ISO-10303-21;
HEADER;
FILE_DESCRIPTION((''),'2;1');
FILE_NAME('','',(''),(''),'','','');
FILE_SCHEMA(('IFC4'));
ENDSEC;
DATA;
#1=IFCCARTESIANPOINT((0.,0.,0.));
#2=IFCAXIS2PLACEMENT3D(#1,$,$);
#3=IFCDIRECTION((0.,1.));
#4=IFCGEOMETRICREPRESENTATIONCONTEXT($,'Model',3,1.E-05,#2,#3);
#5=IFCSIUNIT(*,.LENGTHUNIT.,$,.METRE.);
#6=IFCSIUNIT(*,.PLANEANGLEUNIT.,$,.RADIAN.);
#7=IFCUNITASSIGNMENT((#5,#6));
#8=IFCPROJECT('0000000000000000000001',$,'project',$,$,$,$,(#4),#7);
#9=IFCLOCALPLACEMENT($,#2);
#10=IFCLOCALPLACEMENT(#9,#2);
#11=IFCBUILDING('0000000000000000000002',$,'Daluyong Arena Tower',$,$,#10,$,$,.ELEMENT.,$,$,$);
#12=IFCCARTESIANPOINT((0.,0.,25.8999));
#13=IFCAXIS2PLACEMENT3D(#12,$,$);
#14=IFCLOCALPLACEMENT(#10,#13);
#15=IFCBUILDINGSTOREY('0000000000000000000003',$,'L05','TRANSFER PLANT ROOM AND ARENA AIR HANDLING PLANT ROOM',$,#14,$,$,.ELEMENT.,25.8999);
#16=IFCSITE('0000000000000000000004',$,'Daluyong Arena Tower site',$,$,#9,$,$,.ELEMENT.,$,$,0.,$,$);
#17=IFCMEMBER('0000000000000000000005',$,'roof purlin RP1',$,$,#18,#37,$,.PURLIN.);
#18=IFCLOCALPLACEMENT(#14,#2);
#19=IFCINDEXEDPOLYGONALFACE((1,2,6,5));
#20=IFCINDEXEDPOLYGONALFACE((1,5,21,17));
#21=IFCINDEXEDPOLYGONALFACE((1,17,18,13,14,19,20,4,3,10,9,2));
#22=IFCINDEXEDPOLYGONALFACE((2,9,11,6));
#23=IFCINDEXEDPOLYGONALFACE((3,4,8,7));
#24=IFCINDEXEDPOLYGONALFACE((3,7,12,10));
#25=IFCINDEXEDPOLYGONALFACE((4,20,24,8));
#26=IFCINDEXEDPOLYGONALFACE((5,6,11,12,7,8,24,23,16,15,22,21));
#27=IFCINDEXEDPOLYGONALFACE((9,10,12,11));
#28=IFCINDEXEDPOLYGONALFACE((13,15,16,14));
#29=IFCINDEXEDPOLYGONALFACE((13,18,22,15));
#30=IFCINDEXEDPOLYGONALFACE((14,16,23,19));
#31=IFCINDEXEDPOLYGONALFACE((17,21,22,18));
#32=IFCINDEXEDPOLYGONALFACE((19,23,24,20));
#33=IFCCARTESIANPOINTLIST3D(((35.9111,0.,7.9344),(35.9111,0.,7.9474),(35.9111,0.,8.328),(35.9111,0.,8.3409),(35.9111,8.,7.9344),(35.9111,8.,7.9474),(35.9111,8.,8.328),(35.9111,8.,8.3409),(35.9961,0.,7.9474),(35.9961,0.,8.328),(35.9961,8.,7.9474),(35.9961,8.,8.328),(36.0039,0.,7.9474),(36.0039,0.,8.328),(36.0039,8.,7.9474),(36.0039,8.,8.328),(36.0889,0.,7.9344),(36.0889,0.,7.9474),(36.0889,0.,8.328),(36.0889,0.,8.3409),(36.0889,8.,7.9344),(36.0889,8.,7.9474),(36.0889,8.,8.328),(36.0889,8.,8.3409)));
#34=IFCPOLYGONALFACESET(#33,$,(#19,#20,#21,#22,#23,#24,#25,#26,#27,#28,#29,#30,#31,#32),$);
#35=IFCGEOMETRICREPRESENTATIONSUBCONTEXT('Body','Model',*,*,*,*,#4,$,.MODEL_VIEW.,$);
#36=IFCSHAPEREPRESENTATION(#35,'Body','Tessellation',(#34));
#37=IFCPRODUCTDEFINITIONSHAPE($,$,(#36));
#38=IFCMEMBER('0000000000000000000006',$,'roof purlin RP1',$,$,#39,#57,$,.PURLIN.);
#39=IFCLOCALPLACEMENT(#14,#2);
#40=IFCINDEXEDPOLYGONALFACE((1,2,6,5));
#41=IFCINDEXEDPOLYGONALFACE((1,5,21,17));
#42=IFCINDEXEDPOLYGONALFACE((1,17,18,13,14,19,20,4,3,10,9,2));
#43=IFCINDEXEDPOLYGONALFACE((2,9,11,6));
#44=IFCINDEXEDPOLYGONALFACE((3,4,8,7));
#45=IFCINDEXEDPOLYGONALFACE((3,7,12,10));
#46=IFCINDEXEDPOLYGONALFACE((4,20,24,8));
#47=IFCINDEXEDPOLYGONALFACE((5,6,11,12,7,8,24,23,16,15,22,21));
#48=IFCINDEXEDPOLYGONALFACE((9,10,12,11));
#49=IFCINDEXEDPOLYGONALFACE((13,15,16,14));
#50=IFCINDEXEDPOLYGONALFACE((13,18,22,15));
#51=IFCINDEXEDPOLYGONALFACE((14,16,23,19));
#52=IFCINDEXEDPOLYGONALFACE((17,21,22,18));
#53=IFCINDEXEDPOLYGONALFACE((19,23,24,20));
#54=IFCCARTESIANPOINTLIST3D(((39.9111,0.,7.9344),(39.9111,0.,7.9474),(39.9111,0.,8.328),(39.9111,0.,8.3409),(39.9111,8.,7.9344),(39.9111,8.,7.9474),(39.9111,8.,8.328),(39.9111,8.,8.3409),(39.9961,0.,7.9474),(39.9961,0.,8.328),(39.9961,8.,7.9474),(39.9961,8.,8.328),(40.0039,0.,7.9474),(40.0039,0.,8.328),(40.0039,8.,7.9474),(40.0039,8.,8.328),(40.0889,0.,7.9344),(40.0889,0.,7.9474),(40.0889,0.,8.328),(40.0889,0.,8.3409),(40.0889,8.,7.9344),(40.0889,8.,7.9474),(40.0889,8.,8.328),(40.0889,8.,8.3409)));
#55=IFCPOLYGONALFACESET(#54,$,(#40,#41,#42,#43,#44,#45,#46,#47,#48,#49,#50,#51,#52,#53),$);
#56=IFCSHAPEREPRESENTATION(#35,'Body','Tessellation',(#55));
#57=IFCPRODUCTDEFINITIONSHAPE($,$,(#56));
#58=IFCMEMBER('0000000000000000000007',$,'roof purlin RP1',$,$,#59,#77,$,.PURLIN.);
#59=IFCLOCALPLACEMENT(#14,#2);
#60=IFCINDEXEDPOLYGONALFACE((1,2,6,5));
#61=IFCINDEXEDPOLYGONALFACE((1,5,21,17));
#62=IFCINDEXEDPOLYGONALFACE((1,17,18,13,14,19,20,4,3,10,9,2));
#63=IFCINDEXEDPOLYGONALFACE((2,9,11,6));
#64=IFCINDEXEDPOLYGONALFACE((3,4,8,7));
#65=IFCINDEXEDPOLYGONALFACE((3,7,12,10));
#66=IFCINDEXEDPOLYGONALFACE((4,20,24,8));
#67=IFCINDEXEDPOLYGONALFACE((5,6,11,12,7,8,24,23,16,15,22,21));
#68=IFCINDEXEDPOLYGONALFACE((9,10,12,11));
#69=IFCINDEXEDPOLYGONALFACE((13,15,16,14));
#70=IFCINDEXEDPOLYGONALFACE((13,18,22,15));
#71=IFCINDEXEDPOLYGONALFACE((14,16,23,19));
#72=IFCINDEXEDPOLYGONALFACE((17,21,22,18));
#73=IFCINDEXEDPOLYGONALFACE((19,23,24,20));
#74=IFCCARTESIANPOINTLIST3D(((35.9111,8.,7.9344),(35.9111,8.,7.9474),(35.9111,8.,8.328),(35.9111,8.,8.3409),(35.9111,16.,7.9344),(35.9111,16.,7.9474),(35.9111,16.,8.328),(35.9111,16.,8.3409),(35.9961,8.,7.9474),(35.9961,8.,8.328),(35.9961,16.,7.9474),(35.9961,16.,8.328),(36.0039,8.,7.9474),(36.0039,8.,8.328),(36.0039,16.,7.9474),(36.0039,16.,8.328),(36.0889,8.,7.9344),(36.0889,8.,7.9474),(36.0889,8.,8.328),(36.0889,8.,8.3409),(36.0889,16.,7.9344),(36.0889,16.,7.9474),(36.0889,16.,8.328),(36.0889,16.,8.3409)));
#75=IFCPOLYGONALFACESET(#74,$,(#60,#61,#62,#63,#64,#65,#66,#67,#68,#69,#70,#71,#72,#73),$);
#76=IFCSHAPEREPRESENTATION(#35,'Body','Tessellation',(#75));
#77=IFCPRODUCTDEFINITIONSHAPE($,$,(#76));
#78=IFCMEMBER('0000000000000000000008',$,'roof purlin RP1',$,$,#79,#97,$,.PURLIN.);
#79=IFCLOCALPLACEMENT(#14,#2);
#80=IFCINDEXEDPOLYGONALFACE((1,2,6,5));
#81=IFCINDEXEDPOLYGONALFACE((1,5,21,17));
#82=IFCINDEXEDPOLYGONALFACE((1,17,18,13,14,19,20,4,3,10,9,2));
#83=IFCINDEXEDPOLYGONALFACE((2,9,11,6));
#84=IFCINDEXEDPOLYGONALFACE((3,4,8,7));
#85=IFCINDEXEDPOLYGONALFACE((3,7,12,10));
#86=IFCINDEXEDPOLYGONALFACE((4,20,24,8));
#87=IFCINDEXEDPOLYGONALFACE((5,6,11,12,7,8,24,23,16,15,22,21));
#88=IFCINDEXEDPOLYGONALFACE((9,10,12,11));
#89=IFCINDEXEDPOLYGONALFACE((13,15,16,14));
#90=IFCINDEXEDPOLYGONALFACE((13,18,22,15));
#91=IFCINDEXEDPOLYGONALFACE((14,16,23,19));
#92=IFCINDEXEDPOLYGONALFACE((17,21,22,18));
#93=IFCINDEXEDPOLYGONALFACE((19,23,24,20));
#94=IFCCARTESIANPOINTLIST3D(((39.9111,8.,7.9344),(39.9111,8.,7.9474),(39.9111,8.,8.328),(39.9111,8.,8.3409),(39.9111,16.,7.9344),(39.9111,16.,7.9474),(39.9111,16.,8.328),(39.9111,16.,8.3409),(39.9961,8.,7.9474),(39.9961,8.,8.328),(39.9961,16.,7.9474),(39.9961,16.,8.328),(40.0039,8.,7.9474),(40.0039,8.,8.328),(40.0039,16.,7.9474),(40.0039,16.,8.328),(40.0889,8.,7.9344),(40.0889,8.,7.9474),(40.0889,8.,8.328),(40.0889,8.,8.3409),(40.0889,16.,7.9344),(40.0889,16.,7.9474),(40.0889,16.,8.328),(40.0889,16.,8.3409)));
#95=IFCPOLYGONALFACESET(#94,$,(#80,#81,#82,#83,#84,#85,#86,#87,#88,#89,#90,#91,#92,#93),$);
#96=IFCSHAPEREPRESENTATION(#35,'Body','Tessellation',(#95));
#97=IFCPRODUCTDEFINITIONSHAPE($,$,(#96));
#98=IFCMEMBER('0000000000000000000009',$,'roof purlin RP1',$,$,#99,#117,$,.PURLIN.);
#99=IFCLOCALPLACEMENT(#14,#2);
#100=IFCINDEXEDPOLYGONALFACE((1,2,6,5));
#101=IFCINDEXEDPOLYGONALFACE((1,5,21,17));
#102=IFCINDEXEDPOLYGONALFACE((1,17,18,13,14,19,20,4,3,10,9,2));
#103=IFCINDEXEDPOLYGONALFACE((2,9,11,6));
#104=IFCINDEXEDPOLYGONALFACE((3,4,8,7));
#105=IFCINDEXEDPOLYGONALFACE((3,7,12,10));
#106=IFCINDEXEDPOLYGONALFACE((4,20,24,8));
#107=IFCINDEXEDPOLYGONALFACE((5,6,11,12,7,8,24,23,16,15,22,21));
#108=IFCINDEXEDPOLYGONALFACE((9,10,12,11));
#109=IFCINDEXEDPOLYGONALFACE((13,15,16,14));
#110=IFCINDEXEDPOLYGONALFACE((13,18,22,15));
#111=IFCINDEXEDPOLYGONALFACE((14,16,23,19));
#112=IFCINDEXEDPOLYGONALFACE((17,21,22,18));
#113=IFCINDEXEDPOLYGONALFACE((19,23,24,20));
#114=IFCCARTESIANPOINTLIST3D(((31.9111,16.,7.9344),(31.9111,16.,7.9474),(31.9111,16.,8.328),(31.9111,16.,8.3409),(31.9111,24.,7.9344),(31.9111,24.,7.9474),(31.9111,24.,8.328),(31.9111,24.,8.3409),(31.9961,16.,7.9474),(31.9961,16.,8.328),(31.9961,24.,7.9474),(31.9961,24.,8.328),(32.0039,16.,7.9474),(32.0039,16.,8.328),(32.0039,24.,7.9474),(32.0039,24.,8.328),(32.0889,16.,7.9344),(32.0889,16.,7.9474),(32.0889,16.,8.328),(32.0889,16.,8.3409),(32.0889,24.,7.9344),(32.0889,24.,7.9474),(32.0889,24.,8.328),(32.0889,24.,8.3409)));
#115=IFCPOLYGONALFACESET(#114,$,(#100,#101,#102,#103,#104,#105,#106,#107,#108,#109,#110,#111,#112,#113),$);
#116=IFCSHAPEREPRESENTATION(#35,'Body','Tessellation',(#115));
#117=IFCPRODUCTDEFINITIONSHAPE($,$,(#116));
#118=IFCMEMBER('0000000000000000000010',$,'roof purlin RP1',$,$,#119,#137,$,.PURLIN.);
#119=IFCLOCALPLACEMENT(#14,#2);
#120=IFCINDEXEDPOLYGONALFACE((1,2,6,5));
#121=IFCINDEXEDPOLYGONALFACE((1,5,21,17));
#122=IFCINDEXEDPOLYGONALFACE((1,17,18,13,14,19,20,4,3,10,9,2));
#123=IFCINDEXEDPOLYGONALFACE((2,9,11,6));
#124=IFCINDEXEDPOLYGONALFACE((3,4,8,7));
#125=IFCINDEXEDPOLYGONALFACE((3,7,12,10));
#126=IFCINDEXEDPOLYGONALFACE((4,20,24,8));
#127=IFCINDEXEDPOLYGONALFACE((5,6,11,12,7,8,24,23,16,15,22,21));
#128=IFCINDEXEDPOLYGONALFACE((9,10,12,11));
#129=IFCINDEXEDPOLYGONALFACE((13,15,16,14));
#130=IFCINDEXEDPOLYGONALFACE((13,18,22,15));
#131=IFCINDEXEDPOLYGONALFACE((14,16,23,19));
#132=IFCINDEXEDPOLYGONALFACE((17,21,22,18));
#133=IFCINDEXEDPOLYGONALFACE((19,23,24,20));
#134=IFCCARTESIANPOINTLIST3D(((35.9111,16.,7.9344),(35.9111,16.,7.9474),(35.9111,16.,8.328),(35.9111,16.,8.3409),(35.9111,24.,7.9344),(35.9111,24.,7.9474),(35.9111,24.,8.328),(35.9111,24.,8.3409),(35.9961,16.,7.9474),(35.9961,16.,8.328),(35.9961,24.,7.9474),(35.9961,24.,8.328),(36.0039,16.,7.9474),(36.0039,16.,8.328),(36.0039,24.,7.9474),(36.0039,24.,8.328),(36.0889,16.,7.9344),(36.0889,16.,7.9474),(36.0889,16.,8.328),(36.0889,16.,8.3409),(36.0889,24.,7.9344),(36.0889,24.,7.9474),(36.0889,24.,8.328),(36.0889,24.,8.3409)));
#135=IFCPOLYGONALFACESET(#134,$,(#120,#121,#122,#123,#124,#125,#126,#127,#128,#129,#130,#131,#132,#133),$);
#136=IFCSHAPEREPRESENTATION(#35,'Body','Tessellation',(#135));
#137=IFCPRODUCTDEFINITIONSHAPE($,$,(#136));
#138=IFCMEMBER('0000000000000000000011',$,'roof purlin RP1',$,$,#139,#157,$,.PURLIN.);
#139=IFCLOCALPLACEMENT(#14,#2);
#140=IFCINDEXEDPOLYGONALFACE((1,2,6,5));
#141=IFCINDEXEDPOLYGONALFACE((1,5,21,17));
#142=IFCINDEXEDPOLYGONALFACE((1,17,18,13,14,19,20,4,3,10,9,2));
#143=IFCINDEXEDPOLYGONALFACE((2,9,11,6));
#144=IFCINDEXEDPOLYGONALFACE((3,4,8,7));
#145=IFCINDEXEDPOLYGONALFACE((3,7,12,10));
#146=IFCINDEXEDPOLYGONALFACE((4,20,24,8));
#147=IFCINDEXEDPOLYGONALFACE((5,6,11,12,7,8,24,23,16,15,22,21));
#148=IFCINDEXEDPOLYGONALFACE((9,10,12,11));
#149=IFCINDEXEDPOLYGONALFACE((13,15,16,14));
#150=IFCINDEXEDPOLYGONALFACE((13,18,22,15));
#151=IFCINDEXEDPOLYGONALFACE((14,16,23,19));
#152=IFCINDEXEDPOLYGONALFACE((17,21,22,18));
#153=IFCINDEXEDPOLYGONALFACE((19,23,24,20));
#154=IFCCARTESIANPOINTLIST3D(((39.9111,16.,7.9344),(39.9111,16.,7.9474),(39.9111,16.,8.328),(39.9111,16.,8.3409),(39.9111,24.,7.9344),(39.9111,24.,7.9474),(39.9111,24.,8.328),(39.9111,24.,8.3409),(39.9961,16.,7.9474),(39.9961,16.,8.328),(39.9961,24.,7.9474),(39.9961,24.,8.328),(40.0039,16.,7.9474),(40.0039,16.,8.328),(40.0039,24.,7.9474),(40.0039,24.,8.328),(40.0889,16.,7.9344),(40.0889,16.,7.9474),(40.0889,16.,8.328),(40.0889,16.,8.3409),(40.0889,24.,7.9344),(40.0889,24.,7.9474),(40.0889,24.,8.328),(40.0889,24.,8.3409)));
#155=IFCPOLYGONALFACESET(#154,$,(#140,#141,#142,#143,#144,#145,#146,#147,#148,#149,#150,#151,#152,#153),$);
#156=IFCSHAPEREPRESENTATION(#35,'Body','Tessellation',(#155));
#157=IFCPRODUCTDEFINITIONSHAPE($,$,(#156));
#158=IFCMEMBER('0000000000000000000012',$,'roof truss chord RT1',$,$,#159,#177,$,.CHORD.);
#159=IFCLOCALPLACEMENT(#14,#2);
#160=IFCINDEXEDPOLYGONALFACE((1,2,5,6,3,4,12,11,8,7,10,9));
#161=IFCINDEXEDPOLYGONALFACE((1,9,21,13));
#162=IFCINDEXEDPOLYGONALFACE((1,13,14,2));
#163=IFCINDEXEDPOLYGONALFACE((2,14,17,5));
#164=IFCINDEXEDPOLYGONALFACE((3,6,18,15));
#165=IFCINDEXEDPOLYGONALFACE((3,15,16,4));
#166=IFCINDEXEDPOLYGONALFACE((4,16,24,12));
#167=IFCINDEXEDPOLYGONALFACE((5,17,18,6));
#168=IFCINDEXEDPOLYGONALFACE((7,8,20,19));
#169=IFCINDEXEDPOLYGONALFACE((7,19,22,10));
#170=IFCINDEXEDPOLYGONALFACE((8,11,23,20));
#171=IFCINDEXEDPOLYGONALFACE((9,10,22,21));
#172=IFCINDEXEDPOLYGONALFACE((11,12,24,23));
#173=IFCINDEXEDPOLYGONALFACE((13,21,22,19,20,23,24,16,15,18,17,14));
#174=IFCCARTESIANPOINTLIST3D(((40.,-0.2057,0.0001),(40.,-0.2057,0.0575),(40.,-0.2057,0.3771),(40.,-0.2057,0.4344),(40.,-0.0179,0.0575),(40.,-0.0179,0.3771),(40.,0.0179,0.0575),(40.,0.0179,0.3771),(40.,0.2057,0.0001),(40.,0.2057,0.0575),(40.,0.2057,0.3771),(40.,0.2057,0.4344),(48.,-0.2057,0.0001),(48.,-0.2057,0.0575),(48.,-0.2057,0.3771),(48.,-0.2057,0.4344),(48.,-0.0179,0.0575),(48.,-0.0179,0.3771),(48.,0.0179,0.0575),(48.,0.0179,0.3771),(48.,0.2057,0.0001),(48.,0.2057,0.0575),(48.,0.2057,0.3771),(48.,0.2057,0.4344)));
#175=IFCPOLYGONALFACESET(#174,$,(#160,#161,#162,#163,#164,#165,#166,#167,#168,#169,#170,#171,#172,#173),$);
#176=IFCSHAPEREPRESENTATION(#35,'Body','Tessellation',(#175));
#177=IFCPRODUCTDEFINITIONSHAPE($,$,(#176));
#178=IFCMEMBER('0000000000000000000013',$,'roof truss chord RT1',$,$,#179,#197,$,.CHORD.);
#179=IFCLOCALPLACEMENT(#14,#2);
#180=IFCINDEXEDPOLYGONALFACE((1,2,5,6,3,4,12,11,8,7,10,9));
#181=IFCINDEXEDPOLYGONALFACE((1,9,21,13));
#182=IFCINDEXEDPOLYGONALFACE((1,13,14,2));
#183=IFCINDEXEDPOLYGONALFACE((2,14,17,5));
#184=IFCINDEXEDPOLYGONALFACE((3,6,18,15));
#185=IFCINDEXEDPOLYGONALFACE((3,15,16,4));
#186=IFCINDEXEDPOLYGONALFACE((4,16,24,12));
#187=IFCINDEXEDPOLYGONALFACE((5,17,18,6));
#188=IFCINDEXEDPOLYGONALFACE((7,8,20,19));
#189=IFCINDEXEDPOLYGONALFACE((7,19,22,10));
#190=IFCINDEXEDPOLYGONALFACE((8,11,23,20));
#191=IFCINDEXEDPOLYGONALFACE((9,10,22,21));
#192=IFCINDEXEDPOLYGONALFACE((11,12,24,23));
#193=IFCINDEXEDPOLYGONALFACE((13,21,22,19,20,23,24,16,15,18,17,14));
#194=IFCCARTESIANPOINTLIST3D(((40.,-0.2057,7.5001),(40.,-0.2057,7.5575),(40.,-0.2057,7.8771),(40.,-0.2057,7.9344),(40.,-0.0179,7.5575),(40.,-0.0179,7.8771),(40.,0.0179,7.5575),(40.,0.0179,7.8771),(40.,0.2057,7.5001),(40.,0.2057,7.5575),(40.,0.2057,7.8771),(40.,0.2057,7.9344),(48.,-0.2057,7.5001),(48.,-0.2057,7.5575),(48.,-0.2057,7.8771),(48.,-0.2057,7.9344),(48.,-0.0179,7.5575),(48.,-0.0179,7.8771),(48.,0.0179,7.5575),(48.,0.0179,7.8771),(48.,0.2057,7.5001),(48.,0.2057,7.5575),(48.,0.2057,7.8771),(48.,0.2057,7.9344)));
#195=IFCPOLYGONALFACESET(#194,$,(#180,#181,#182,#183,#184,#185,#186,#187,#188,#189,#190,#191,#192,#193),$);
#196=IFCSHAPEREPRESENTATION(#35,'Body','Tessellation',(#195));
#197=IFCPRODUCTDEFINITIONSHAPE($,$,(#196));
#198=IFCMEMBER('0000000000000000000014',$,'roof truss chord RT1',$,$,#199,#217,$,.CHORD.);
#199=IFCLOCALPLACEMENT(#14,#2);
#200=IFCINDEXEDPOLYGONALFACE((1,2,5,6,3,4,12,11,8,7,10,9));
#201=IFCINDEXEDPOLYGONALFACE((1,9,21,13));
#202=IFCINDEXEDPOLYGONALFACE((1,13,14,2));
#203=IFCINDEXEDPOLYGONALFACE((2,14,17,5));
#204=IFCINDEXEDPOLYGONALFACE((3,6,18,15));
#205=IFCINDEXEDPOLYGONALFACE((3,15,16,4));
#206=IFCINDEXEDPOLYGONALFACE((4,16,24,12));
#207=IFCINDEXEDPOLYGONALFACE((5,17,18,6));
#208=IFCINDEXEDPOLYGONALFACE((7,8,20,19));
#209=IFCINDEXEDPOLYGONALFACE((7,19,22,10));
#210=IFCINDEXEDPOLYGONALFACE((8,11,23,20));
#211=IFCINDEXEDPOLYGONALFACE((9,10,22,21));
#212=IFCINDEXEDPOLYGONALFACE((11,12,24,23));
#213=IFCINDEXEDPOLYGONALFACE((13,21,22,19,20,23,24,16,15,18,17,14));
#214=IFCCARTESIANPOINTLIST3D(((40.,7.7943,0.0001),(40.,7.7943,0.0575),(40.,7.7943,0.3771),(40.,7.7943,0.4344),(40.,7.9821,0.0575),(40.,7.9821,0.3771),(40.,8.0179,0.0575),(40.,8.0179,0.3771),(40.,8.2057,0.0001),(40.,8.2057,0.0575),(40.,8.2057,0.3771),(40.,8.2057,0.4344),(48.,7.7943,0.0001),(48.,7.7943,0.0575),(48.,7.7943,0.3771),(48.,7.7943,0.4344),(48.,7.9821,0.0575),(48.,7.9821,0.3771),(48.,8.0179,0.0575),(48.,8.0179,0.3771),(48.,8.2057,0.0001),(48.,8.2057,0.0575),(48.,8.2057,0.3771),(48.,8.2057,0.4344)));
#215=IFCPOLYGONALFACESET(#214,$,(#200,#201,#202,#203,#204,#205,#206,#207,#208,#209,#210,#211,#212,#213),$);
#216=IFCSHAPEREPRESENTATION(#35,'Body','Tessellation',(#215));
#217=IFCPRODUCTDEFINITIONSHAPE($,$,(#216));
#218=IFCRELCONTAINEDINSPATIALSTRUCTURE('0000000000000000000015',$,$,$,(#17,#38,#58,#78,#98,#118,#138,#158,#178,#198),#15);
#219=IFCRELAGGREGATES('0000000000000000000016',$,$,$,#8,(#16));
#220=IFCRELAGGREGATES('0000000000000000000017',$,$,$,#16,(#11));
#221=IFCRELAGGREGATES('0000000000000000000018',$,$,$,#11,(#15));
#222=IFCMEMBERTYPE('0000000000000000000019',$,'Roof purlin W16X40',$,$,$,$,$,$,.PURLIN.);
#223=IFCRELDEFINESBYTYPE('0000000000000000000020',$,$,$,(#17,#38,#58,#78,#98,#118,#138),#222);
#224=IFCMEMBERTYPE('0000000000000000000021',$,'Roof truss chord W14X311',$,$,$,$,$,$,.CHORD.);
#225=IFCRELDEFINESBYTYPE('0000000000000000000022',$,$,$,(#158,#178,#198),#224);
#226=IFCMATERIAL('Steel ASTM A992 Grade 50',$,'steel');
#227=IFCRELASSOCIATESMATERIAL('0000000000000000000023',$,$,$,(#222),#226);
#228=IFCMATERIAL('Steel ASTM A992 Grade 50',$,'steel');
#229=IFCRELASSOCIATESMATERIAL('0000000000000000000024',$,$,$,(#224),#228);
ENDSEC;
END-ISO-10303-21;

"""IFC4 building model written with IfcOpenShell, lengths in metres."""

from ifc_helpers import new_model, si_unit, direction, frame, origin, origin_2d, place, context, subcontext, project, spatial, i_section, extrude, material, material_profile, profile_set, type_object, element, save


model = new_model("IFC4")

# Units and contexts
model_context = context("Model", 3, precision=1e-05, world=origin(), true_north=direction((0.0, 1.0)))
body_context = subcontext(model_context, "Body", "Model", "MODEL_VIEW")
ifc_project = project(units=[si_unit("LENGTHUNIT", "METRE"), si_unit("PLANEANGLEUNIT", "RADIAN")], contexts=[model_context])

# Site, building, storey
site_placement = place(None, origin())
site = spatial("IfcSite", under=ifc_project, at=site_placement, Name="Daluyong Arena Tower site", CompositionType="ELEMENT", RefElevation=0.0)
building_placement = place(site_placement, origin())
building = spatial("IfcBuilding", under=site, at=building_placement, Name="Daluyong Arena Tower", CompositionType="ELEMENT")
storey_placement = place(building_placement, frame((0.0, 0.0, 25.8999)))
storey = spatial("IfcBuildingStorey", under=building, at=storey_placement, Name="L05", Description="TRANSFER PLANT ROOM AND ARENA AIR HANDLING PLANT ROOM", CompositionType="ELEMENT", Elevation=25.8999)

# Members
ifc_material_1 = material(Name="Steel ASTM A992 Grade 50", Category="steel")
ifc_material_profile_1 = material_profile(ifc_material_1, i_section(OverallWidth=0.1777, OverallDepth=0.4065, WebThickness=0.0078, FlangeThickness=0.0129, at=origin_2d()))
ifc_profile_set_1 = profile_set([ifc_material_profile_1], Name="Steel ASTM A992 Grade 50")
member_type_1 = type_object("IfcMemberType", Name="Roof purlin W16X40", PredefinedType="PURLIN", material=ifc_profile_set_1)
for number, where, z_axis, x_axis, name in (
    (1, (36.0, 0.0, 8.1377), (0.0, 1.0, 0.0), (-1.0, 0.0, 0.0), "roof purlin RP1"),
    (2, (40.0, 0.0, 8.1377), (0.0, 1.0, 0.0), (-1.0, 0.0, 0.0), "roof purlin RP1"),
    (3, (36.0, 8.0, 8.1377), (0.0, 1.0, 0.0), (-1.0, 0.0, 0.0), "roof purlin RP1"),
    (4, (40.0, 8.0, 8.1377), (0.0, 1.0, 0.0), (-1.0, 0.0, 0.0), "roof purlin RP1"),
    (5, (32.0, 16.0, 8.1377), (0.0, 1.0, 0.0), (-1.0, 0.0, 0.0), "roof purlin RP1"),
    (6, (36.0, 16.0, 8.1377), (0.0, 1.0, 0.0), (-1.0, 0.0, 0.0), "roof purlin RP1"),
    (7, (40.0, 16.0, 8.1377), (0.0, 1.0, 0.0), (-1.0, 0.0, 0.0), "roof purlin RP1"),
):
    element("IfcMember", number, at=place(storey_placement, frame(where, z_axis=z_axis, x_axis=x_axis)), inside=storey, type_object=member_type_1, Name=name, PredefinedType="PURLIN", context=body_context, shape_type="SweptSolid", body=[
        extrude(i_section(OverallWidth=0.1777, OverallDepth=0.4065, WebThickness=0.0078, FlangeThickness=0.0129, at=origin_2d()), origin(), (0.0, 0.0, 1.0), 8.0),
    ])
ifc_material_2 = material(Name="Steel ASTM A992 Grade 50", Category="steel")
ifc_material_profile_2 = material_profile(ifc_material_2, i_section(OverallWidth=0.4114, OverallDepth=0.4343, WebThickness=0.0359, FlangeThickness=0.0574, at=origin_2d()))
ifc_profile_set_2 = profile_set([ifc_material_profile_2], Name="Steel ASTM A992 Grade 50")
member_type_2 = type_object("IfcMemberType", Name="Roof truss chord W14X311", PredefinedType="CHORD", material=ifc_profile_set_2)
for number, where, z_axis, x_axis, name in (
    (8, (40.0, 0.0, 0.2173), (1.0, 0.0, 0.0), (0.0, 1.0, 0.0), "roof truss chord RT1"),
    (9, (40.0, 0.0, 7.7173), (1.0, 0.0, 0.0), (0.0, 1.0, 0.0), "roof truss chord RT1"),
    (10, (40.0, 8.0, 0.2173), (1.0, 0.0, 0.0), (0.0, 1.0, 0.0), "roof truss chord RT1"),
):
    element("IfcMember", number, at=place(storey_placement, frame(where, z_axis=z_axis, x_axis=x_axis)), inside=storey, type_object=member_type_2, Name=name, PredefinedType="CHORD", context=body_context, shape_type="SweptSolid", body=[
        extrude(i_section(OverallWidth=0.4114, OverallDepth=0.4343, WebThickness=0.0359, FlangeThickness=0.0574, at=origin_2d()), origin(), (0.0, 0.0, 1.0), 8.0),
    ])

save(model, "model.ifc")
